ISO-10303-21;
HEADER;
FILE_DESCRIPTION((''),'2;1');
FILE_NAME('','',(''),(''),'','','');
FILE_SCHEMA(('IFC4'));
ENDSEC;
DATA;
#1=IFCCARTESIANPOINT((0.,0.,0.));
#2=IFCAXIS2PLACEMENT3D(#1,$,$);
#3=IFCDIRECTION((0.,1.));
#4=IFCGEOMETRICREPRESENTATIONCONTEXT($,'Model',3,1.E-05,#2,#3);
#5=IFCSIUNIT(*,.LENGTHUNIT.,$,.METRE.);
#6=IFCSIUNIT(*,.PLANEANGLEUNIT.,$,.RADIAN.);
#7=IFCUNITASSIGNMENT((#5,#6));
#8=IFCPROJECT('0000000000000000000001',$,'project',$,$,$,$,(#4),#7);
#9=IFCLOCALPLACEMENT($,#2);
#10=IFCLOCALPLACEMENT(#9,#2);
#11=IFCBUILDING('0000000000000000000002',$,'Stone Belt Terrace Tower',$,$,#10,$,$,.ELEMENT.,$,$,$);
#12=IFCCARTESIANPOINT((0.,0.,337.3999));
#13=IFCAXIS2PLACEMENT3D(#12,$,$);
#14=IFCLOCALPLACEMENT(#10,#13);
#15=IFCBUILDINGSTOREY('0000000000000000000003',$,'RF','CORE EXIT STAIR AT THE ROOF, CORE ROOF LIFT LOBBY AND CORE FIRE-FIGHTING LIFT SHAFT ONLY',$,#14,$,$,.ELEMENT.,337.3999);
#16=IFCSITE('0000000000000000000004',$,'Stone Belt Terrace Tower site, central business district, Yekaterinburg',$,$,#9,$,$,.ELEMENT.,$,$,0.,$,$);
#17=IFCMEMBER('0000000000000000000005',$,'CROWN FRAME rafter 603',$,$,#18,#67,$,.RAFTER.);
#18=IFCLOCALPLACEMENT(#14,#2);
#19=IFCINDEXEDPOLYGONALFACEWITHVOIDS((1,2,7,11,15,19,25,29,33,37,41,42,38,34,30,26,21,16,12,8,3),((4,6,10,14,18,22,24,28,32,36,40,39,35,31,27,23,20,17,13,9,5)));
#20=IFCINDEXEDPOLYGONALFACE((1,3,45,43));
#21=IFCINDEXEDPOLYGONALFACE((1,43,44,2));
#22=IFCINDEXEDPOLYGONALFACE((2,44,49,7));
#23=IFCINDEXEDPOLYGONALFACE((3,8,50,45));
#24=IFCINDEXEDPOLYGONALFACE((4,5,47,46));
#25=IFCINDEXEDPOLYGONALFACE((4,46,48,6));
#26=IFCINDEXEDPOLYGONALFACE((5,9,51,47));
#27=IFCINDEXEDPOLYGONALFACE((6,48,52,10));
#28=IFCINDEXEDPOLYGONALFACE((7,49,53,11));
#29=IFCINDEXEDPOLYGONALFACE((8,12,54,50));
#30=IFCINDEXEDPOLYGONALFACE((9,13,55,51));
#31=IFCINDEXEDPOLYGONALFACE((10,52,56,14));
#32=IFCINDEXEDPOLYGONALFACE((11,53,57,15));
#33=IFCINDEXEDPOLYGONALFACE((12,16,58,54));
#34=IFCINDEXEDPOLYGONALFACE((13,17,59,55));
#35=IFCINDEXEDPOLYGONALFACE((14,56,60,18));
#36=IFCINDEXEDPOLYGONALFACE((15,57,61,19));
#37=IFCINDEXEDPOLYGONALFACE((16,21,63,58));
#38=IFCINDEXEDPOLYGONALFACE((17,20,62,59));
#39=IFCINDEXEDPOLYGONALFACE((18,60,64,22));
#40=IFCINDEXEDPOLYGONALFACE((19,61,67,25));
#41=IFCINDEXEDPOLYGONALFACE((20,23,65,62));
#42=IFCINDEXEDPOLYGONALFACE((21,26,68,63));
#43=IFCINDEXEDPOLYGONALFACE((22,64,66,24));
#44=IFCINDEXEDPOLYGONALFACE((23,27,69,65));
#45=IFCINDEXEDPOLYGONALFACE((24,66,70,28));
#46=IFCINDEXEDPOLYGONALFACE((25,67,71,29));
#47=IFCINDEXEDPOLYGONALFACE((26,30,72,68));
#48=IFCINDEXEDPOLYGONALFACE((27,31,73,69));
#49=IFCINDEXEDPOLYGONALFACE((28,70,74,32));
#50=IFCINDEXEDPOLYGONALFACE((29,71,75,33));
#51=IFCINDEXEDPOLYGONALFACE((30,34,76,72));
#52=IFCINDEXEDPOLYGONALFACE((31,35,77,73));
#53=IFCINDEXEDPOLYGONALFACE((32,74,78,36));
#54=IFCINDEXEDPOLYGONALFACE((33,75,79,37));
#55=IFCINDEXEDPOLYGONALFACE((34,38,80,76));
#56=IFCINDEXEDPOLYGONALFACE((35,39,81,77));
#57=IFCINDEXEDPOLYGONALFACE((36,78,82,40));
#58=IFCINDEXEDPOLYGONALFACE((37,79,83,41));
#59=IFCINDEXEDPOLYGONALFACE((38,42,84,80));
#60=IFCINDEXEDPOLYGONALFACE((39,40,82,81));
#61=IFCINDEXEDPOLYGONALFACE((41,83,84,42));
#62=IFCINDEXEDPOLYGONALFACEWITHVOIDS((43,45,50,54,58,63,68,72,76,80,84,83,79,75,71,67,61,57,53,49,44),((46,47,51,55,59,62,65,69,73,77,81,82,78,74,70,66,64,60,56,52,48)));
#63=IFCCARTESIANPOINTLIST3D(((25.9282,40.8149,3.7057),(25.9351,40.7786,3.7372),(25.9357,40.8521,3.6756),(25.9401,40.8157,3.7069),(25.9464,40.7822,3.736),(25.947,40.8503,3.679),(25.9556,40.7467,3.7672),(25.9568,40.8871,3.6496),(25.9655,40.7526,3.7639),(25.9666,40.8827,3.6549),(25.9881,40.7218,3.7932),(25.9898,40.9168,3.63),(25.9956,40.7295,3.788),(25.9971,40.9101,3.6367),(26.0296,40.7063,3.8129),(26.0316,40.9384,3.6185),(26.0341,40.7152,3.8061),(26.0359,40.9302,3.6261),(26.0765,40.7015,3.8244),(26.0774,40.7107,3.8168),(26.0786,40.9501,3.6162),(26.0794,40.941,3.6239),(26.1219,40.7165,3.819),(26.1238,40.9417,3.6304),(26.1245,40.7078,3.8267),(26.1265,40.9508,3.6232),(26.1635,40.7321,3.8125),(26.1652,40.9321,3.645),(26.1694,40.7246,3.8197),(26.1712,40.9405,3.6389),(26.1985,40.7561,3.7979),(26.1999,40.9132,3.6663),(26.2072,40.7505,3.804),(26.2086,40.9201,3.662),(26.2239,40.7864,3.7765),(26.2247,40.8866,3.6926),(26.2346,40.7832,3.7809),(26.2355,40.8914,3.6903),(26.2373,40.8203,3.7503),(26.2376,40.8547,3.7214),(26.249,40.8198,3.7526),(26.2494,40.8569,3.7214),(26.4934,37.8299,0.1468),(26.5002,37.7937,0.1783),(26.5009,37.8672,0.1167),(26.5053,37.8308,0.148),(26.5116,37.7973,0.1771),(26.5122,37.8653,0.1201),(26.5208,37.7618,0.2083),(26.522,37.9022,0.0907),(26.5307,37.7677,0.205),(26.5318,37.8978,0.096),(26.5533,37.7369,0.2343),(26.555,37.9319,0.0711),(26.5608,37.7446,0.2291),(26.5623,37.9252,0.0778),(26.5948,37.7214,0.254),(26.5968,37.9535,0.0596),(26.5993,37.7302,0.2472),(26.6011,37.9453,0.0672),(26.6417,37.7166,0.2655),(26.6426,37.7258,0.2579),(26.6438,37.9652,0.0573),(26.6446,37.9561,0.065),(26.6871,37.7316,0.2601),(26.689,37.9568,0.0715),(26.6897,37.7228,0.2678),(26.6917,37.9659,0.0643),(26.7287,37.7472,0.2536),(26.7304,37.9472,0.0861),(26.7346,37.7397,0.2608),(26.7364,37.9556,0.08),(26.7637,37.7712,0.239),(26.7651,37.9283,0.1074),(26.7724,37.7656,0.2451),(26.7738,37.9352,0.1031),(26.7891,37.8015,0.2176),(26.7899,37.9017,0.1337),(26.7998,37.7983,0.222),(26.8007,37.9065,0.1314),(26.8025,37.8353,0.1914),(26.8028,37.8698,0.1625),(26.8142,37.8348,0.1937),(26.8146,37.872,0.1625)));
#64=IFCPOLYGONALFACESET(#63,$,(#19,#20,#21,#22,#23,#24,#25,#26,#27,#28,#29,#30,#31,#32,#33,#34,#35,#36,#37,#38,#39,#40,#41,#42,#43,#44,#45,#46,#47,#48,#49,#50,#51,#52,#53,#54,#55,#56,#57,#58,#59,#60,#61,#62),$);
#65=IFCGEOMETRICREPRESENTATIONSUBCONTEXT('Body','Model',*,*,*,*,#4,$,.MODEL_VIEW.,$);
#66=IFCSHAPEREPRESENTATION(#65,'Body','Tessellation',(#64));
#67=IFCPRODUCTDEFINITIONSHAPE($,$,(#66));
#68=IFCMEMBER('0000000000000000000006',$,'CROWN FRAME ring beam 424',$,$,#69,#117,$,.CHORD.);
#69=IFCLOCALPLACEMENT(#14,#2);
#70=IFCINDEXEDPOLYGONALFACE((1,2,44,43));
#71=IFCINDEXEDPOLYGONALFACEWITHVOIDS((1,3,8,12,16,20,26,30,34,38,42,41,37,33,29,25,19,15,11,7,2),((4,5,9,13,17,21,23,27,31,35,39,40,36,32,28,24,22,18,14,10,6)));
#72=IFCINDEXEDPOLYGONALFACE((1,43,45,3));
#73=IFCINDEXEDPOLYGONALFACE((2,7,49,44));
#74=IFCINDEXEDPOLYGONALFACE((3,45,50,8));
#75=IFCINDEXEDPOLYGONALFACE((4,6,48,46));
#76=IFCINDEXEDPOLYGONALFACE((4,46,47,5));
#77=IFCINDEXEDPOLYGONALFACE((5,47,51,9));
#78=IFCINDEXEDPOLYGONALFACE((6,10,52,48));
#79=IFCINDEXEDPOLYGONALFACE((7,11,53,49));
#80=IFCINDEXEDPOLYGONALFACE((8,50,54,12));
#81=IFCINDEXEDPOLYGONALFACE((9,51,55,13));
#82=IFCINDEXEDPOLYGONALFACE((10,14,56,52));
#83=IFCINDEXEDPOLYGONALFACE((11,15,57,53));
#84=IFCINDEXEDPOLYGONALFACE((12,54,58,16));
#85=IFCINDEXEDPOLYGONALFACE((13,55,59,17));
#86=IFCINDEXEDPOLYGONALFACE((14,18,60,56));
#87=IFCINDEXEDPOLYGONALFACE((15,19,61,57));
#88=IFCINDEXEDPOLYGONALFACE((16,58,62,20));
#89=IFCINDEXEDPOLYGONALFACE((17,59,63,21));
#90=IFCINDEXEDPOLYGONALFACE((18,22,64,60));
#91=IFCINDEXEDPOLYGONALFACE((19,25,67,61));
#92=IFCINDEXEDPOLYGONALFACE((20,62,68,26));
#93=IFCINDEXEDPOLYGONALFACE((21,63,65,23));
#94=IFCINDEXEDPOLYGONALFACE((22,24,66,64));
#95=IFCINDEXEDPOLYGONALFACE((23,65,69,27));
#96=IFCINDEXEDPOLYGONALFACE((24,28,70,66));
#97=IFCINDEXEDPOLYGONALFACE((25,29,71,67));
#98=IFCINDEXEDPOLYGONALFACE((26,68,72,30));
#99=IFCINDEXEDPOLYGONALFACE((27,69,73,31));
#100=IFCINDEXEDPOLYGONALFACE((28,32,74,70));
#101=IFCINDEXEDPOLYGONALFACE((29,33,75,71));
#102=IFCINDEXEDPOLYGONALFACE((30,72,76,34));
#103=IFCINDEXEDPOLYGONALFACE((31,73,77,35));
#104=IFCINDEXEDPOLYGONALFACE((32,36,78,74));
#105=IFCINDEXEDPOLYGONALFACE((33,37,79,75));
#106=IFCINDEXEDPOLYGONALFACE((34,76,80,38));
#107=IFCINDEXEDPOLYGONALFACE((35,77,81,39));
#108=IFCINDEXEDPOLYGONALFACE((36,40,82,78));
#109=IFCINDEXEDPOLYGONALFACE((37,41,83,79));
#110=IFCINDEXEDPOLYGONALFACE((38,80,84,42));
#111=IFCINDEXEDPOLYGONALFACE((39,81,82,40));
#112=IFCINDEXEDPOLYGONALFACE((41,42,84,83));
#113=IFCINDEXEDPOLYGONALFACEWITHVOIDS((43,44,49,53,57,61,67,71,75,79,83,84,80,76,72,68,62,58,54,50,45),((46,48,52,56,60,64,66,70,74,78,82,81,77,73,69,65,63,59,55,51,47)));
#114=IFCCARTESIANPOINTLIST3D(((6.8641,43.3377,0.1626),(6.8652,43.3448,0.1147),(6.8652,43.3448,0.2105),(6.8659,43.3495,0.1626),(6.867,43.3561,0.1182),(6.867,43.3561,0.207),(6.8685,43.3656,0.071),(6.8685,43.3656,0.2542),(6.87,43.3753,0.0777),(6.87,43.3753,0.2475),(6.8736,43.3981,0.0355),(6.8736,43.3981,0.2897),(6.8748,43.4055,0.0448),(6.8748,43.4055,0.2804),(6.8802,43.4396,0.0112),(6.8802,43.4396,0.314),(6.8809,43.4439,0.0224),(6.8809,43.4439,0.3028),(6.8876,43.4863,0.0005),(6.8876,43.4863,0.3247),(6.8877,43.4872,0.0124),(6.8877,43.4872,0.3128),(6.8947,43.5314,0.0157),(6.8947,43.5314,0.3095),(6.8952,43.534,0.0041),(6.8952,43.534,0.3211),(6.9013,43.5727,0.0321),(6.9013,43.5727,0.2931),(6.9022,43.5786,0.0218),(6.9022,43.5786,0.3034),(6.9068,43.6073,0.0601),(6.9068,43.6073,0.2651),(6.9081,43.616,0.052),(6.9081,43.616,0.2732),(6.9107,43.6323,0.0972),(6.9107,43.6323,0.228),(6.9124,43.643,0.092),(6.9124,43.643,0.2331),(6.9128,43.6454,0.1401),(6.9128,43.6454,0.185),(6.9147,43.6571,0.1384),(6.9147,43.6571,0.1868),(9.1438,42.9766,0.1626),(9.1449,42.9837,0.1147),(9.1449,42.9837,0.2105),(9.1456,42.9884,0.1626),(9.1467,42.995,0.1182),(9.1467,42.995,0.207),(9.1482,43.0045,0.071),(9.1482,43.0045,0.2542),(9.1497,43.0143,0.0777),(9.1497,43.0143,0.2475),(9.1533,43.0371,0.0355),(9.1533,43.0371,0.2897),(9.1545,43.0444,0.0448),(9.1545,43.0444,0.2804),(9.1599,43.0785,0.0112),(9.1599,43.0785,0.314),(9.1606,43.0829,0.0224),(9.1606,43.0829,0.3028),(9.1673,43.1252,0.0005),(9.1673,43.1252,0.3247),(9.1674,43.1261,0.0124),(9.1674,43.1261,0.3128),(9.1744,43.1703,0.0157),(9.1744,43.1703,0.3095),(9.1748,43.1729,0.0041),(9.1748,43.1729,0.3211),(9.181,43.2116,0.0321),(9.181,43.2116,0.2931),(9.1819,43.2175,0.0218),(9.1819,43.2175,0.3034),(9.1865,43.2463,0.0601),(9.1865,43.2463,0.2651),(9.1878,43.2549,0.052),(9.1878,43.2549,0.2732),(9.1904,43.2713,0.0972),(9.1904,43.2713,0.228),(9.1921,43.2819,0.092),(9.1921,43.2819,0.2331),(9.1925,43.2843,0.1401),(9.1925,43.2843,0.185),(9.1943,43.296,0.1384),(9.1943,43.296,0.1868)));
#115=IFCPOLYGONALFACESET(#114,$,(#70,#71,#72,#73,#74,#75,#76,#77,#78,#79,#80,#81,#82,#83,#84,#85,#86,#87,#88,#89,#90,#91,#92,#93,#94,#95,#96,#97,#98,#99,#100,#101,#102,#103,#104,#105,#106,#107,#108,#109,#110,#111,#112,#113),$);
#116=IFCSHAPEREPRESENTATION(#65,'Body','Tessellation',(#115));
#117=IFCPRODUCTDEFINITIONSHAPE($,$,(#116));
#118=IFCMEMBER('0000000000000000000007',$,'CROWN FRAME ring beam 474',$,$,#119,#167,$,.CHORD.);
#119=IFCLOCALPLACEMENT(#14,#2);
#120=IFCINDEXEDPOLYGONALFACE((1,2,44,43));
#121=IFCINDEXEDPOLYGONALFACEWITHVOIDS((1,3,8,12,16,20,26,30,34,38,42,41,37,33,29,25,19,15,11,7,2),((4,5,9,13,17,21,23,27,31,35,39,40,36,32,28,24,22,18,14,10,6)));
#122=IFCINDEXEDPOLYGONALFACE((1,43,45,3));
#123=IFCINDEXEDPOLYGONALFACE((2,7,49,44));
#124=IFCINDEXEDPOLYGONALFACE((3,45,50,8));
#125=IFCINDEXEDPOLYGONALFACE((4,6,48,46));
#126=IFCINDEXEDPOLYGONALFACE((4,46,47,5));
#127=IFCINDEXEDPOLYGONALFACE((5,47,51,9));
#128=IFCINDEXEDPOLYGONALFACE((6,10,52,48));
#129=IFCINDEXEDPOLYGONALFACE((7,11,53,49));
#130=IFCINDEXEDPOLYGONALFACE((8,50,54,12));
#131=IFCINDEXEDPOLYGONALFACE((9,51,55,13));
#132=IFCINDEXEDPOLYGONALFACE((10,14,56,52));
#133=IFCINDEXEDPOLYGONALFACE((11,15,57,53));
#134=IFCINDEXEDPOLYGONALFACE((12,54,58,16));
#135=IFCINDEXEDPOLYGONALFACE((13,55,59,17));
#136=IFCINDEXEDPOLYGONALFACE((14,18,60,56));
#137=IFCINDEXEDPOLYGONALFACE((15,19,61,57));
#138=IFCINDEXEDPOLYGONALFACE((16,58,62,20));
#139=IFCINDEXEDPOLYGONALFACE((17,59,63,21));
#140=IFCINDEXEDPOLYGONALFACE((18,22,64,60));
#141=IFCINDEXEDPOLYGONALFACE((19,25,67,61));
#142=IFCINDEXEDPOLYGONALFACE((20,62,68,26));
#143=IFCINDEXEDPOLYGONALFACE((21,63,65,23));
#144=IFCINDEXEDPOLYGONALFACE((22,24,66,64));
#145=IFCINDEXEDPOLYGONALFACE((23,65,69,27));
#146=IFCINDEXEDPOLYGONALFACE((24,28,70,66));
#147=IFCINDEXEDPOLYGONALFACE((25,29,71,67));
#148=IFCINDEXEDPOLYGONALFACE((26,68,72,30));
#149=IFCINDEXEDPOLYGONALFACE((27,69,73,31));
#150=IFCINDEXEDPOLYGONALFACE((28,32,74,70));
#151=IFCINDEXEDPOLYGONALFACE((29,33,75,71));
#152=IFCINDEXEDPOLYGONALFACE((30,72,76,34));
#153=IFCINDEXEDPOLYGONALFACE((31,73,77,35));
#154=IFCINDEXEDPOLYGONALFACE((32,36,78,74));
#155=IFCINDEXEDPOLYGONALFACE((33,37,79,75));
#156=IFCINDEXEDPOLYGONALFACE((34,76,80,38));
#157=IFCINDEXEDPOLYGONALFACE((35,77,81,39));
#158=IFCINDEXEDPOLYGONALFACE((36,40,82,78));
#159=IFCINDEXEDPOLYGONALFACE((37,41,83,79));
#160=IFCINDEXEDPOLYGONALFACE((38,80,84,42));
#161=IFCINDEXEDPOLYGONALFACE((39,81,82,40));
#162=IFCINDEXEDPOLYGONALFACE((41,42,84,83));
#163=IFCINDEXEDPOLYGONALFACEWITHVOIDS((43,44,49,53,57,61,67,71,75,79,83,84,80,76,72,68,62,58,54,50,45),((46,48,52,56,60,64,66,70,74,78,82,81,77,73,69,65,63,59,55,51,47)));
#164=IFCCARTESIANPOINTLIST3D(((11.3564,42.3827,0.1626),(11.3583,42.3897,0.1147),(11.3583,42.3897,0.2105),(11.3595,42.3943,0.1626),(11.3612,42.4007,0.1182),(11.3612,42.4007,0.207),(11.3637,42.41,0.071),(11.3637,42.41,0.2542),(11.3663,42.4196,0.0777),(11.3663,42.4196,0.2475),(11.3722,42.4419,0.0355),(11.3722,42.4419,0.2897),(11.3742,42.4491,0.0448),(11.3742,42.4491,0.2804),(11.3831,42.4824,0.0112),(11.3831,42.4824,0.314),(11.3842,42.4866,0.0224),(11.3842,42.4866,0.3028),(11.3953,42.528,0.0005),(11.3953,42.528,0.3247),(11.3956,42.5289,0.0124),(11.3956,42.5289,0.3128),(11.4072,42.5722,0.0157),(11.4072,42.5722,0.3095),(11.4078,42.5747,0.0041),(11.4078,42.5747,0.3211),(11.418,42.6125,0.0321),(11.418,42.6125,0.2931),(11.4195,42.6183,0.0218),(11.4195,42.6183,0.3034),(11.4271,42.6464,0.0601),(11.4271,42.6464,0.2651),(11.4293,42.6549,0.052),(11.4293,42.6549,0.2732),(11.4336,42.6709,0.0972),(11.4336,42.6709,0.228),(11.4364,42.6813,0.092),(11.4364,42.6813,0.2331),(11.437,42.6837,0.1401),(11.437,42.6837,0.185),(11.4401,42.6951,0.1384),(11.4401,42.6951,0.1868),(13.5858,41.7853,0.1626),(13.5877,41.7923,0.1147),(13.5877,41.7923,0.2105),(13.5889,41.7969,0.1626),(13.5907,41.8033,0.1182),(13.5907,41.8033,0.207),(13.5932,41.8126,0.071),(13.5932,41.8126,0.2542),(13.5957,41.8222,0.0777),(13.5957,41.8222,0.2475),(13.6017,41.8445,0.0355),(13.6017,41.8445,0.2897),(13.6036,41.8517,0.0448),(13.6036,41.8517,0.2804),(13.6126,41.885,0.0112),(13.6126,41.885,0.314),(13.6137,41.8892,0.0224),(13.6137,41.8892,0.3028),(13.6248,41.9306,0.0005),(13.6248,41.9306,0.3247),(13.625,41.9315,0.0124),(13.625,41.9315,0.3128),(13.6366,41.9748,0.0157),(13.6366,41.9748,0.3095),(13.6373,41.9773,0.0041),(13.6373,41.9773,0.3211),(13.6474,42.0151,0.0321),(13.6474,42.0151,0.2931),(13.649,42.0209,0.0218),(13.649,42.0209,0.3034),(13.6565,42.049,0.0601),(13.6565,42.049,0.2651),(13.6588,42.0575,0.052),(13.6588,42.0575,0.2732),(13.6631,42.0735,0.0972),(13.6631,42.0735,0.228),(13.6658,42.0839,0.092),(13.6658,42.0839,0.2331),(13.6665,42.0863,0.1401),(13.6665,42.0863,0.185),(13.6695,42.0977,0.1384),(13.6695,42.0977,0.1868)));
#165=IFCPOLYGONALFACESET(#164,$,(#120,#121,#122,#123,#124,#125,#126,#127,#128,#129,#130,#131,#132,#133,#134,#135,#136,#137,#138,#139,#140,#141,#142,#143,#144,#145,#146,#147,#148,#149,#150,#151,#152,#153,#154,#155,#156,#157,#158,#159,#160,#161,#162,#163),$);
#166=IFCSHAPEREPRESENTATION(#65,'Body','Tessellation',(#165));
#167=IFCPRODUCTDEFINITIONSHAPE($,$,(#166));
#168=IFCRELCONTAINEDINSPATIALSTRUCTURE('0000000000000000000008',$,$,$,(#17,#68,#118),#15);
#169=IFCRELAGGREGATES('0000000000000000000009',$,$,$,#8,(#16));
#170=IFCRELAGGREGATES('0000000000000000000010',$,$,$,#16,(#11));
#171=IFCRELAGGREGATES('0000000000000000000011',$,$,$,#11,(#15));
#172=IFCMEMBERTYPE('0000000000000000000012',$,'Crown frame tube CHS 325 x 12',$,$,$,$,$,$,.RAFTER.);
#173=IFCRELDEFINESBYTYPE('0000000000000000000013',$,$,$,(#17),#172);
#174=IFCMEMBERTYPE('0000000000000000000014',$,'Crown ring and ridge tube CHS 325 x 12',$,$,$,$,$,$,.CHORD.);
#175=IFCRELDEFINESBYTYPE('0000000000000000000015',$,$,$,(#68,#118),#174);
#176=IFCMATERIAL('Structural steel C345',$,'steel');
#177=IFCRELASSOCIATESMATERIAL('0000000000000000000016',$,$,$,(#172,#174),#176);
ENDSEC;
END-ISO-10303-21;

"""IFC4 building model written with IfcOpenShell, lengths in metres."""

from ifc_helpers import new_model, si_unit, direction, frame, origin, origin_2d, place, context, subcontext, project, spatial, hollow_circle, extrude, material, material_profile, profile_set, type_object, element, save


model = new_model("IFC4")

# Units and contexts
model_context = context("Model", 3, precision=1e-05, world=origin(), true_north=direction((0.0, 1.0)))
body_context = subcontext(model_context, "Body", "Model", "MODEL_VIEW")
ifc_project = project(units=[si_unit("LENGTHUNIT", "METRE"), si_unit("PLANEANGLEUNIT", "RADIAN")], contexts=[model_context])

# Site, building, storey
site_placement = place(None, origin())
site = spatial("IfcSite", under=ifc_project, at=site_placement, Name="Stone Belt Terrace Tower site, central business district, Yekaterinburg", CompositionType="ELEMENT", RefElevation=0.0)
building_placement = place(site_placement, origin())
building = spatial("IfcBuilding", under=site, at=building_placement, Name="Stone Belt Terrace Tower", CompositionType="ELEMENT")
storey_placement = place(building_placement, frame((0.0, 0.0, 337.3999)))
storey = spatial("IfcBuildingStorey", under=building, at=storey_placement, Name="RF", Description="CORE EXIT STAIR AT THE ROOF, CORE ROOF LIFT LOBBY AND CORE FIRE-FIGHTING LIFT SHAFT ONLY", CompositionType="ELEMENT", Elevation=337.3999)

# Members
ifc_material_1 = material(Name="Structural steel C345", Category="steel")
ifc_material_profile_1 = material_profile(ifc_material_1, hollow_circle(Radius=0.1626, WallThickness=0.012, at=origin_2d()), Name="Structural steel C345 CHS 325x12")
ifc_profile_set_1 = profile_set([ifc_material_profile_1], Name="Structural steel C345")
member_type_1 = type_object("IfcMemberType", Name="Crown frame tube CHS 325 x 12", PredefinedType="RAFTER", material=ifc_profile_set_1)
member_1_placement = place(storey_placement, frame((26.0896, 40.8267, 3.7214), z_axis=(0.120789, -0.637911, -0.760578), x_axis=(0.982541, 0.186045, 0.0)))
element("IfcMember", 1, at=member_1_placement, inside=storey, type_object=member_type_1, Name="CROWN FRAME rafter 603", PredefinedType="RAFTER", context=body_context, shape_type="SweptSolid", body=[
    extrude(hollow_circle(Radius=0.1626, WallThickness=0.012, at=origin_2d()), origin(), (0.0, 0.0, 1.0), 4.6792),
])
ifc_material_profile_2 = material_profile(ifc_material_1, hollow_circle(Radius=0.1626, WallThickness=0.012, at=origin_2d()), Name="Structural steel C345 CHS 325x12")
ifc_profile_set_2 = profile_set([ifc_material_profile_2], Name="Structural steel C345")
member_type_2 = type_object("IfcMemberType", Name="Crown ring and ridge tube CHS 325 x 12", PredefinedType="CHORD", material=ifc_profile_set_2)
for number, where, z_axis, x_axis, name in (
    (2, (9.1692, 43.1372, 0.1626), (-0.987688, 0.156435, 0.0), (-0.156435, -0.987688, 0.0), "CROWN FRAME ring beam 424"),
    (3, (13.6279, 41.9424, 0.1626), (-0.965923, 0.258828, 0.0), (-0.258828, -0.965923, 0.0), "CROWN FRAME ring beam 474"),
):
    element("IfcMember", number, at=place(storey_placement, frame(where, z_axis=z_axis, x_axis=x_axis)), inside=storey, type_object=member_type_2, Name=name, PredefinedType="CHORD", context=body_context, shape_type="SweptSolid", body=[
        extrude(hollow_circle(Radius=0.1626, WallThickness=0.012, at=origin_2d()), origin(), (0.0, 0.0, 1.0), 2.3081),
    ])

save(model, "model.ifc")
